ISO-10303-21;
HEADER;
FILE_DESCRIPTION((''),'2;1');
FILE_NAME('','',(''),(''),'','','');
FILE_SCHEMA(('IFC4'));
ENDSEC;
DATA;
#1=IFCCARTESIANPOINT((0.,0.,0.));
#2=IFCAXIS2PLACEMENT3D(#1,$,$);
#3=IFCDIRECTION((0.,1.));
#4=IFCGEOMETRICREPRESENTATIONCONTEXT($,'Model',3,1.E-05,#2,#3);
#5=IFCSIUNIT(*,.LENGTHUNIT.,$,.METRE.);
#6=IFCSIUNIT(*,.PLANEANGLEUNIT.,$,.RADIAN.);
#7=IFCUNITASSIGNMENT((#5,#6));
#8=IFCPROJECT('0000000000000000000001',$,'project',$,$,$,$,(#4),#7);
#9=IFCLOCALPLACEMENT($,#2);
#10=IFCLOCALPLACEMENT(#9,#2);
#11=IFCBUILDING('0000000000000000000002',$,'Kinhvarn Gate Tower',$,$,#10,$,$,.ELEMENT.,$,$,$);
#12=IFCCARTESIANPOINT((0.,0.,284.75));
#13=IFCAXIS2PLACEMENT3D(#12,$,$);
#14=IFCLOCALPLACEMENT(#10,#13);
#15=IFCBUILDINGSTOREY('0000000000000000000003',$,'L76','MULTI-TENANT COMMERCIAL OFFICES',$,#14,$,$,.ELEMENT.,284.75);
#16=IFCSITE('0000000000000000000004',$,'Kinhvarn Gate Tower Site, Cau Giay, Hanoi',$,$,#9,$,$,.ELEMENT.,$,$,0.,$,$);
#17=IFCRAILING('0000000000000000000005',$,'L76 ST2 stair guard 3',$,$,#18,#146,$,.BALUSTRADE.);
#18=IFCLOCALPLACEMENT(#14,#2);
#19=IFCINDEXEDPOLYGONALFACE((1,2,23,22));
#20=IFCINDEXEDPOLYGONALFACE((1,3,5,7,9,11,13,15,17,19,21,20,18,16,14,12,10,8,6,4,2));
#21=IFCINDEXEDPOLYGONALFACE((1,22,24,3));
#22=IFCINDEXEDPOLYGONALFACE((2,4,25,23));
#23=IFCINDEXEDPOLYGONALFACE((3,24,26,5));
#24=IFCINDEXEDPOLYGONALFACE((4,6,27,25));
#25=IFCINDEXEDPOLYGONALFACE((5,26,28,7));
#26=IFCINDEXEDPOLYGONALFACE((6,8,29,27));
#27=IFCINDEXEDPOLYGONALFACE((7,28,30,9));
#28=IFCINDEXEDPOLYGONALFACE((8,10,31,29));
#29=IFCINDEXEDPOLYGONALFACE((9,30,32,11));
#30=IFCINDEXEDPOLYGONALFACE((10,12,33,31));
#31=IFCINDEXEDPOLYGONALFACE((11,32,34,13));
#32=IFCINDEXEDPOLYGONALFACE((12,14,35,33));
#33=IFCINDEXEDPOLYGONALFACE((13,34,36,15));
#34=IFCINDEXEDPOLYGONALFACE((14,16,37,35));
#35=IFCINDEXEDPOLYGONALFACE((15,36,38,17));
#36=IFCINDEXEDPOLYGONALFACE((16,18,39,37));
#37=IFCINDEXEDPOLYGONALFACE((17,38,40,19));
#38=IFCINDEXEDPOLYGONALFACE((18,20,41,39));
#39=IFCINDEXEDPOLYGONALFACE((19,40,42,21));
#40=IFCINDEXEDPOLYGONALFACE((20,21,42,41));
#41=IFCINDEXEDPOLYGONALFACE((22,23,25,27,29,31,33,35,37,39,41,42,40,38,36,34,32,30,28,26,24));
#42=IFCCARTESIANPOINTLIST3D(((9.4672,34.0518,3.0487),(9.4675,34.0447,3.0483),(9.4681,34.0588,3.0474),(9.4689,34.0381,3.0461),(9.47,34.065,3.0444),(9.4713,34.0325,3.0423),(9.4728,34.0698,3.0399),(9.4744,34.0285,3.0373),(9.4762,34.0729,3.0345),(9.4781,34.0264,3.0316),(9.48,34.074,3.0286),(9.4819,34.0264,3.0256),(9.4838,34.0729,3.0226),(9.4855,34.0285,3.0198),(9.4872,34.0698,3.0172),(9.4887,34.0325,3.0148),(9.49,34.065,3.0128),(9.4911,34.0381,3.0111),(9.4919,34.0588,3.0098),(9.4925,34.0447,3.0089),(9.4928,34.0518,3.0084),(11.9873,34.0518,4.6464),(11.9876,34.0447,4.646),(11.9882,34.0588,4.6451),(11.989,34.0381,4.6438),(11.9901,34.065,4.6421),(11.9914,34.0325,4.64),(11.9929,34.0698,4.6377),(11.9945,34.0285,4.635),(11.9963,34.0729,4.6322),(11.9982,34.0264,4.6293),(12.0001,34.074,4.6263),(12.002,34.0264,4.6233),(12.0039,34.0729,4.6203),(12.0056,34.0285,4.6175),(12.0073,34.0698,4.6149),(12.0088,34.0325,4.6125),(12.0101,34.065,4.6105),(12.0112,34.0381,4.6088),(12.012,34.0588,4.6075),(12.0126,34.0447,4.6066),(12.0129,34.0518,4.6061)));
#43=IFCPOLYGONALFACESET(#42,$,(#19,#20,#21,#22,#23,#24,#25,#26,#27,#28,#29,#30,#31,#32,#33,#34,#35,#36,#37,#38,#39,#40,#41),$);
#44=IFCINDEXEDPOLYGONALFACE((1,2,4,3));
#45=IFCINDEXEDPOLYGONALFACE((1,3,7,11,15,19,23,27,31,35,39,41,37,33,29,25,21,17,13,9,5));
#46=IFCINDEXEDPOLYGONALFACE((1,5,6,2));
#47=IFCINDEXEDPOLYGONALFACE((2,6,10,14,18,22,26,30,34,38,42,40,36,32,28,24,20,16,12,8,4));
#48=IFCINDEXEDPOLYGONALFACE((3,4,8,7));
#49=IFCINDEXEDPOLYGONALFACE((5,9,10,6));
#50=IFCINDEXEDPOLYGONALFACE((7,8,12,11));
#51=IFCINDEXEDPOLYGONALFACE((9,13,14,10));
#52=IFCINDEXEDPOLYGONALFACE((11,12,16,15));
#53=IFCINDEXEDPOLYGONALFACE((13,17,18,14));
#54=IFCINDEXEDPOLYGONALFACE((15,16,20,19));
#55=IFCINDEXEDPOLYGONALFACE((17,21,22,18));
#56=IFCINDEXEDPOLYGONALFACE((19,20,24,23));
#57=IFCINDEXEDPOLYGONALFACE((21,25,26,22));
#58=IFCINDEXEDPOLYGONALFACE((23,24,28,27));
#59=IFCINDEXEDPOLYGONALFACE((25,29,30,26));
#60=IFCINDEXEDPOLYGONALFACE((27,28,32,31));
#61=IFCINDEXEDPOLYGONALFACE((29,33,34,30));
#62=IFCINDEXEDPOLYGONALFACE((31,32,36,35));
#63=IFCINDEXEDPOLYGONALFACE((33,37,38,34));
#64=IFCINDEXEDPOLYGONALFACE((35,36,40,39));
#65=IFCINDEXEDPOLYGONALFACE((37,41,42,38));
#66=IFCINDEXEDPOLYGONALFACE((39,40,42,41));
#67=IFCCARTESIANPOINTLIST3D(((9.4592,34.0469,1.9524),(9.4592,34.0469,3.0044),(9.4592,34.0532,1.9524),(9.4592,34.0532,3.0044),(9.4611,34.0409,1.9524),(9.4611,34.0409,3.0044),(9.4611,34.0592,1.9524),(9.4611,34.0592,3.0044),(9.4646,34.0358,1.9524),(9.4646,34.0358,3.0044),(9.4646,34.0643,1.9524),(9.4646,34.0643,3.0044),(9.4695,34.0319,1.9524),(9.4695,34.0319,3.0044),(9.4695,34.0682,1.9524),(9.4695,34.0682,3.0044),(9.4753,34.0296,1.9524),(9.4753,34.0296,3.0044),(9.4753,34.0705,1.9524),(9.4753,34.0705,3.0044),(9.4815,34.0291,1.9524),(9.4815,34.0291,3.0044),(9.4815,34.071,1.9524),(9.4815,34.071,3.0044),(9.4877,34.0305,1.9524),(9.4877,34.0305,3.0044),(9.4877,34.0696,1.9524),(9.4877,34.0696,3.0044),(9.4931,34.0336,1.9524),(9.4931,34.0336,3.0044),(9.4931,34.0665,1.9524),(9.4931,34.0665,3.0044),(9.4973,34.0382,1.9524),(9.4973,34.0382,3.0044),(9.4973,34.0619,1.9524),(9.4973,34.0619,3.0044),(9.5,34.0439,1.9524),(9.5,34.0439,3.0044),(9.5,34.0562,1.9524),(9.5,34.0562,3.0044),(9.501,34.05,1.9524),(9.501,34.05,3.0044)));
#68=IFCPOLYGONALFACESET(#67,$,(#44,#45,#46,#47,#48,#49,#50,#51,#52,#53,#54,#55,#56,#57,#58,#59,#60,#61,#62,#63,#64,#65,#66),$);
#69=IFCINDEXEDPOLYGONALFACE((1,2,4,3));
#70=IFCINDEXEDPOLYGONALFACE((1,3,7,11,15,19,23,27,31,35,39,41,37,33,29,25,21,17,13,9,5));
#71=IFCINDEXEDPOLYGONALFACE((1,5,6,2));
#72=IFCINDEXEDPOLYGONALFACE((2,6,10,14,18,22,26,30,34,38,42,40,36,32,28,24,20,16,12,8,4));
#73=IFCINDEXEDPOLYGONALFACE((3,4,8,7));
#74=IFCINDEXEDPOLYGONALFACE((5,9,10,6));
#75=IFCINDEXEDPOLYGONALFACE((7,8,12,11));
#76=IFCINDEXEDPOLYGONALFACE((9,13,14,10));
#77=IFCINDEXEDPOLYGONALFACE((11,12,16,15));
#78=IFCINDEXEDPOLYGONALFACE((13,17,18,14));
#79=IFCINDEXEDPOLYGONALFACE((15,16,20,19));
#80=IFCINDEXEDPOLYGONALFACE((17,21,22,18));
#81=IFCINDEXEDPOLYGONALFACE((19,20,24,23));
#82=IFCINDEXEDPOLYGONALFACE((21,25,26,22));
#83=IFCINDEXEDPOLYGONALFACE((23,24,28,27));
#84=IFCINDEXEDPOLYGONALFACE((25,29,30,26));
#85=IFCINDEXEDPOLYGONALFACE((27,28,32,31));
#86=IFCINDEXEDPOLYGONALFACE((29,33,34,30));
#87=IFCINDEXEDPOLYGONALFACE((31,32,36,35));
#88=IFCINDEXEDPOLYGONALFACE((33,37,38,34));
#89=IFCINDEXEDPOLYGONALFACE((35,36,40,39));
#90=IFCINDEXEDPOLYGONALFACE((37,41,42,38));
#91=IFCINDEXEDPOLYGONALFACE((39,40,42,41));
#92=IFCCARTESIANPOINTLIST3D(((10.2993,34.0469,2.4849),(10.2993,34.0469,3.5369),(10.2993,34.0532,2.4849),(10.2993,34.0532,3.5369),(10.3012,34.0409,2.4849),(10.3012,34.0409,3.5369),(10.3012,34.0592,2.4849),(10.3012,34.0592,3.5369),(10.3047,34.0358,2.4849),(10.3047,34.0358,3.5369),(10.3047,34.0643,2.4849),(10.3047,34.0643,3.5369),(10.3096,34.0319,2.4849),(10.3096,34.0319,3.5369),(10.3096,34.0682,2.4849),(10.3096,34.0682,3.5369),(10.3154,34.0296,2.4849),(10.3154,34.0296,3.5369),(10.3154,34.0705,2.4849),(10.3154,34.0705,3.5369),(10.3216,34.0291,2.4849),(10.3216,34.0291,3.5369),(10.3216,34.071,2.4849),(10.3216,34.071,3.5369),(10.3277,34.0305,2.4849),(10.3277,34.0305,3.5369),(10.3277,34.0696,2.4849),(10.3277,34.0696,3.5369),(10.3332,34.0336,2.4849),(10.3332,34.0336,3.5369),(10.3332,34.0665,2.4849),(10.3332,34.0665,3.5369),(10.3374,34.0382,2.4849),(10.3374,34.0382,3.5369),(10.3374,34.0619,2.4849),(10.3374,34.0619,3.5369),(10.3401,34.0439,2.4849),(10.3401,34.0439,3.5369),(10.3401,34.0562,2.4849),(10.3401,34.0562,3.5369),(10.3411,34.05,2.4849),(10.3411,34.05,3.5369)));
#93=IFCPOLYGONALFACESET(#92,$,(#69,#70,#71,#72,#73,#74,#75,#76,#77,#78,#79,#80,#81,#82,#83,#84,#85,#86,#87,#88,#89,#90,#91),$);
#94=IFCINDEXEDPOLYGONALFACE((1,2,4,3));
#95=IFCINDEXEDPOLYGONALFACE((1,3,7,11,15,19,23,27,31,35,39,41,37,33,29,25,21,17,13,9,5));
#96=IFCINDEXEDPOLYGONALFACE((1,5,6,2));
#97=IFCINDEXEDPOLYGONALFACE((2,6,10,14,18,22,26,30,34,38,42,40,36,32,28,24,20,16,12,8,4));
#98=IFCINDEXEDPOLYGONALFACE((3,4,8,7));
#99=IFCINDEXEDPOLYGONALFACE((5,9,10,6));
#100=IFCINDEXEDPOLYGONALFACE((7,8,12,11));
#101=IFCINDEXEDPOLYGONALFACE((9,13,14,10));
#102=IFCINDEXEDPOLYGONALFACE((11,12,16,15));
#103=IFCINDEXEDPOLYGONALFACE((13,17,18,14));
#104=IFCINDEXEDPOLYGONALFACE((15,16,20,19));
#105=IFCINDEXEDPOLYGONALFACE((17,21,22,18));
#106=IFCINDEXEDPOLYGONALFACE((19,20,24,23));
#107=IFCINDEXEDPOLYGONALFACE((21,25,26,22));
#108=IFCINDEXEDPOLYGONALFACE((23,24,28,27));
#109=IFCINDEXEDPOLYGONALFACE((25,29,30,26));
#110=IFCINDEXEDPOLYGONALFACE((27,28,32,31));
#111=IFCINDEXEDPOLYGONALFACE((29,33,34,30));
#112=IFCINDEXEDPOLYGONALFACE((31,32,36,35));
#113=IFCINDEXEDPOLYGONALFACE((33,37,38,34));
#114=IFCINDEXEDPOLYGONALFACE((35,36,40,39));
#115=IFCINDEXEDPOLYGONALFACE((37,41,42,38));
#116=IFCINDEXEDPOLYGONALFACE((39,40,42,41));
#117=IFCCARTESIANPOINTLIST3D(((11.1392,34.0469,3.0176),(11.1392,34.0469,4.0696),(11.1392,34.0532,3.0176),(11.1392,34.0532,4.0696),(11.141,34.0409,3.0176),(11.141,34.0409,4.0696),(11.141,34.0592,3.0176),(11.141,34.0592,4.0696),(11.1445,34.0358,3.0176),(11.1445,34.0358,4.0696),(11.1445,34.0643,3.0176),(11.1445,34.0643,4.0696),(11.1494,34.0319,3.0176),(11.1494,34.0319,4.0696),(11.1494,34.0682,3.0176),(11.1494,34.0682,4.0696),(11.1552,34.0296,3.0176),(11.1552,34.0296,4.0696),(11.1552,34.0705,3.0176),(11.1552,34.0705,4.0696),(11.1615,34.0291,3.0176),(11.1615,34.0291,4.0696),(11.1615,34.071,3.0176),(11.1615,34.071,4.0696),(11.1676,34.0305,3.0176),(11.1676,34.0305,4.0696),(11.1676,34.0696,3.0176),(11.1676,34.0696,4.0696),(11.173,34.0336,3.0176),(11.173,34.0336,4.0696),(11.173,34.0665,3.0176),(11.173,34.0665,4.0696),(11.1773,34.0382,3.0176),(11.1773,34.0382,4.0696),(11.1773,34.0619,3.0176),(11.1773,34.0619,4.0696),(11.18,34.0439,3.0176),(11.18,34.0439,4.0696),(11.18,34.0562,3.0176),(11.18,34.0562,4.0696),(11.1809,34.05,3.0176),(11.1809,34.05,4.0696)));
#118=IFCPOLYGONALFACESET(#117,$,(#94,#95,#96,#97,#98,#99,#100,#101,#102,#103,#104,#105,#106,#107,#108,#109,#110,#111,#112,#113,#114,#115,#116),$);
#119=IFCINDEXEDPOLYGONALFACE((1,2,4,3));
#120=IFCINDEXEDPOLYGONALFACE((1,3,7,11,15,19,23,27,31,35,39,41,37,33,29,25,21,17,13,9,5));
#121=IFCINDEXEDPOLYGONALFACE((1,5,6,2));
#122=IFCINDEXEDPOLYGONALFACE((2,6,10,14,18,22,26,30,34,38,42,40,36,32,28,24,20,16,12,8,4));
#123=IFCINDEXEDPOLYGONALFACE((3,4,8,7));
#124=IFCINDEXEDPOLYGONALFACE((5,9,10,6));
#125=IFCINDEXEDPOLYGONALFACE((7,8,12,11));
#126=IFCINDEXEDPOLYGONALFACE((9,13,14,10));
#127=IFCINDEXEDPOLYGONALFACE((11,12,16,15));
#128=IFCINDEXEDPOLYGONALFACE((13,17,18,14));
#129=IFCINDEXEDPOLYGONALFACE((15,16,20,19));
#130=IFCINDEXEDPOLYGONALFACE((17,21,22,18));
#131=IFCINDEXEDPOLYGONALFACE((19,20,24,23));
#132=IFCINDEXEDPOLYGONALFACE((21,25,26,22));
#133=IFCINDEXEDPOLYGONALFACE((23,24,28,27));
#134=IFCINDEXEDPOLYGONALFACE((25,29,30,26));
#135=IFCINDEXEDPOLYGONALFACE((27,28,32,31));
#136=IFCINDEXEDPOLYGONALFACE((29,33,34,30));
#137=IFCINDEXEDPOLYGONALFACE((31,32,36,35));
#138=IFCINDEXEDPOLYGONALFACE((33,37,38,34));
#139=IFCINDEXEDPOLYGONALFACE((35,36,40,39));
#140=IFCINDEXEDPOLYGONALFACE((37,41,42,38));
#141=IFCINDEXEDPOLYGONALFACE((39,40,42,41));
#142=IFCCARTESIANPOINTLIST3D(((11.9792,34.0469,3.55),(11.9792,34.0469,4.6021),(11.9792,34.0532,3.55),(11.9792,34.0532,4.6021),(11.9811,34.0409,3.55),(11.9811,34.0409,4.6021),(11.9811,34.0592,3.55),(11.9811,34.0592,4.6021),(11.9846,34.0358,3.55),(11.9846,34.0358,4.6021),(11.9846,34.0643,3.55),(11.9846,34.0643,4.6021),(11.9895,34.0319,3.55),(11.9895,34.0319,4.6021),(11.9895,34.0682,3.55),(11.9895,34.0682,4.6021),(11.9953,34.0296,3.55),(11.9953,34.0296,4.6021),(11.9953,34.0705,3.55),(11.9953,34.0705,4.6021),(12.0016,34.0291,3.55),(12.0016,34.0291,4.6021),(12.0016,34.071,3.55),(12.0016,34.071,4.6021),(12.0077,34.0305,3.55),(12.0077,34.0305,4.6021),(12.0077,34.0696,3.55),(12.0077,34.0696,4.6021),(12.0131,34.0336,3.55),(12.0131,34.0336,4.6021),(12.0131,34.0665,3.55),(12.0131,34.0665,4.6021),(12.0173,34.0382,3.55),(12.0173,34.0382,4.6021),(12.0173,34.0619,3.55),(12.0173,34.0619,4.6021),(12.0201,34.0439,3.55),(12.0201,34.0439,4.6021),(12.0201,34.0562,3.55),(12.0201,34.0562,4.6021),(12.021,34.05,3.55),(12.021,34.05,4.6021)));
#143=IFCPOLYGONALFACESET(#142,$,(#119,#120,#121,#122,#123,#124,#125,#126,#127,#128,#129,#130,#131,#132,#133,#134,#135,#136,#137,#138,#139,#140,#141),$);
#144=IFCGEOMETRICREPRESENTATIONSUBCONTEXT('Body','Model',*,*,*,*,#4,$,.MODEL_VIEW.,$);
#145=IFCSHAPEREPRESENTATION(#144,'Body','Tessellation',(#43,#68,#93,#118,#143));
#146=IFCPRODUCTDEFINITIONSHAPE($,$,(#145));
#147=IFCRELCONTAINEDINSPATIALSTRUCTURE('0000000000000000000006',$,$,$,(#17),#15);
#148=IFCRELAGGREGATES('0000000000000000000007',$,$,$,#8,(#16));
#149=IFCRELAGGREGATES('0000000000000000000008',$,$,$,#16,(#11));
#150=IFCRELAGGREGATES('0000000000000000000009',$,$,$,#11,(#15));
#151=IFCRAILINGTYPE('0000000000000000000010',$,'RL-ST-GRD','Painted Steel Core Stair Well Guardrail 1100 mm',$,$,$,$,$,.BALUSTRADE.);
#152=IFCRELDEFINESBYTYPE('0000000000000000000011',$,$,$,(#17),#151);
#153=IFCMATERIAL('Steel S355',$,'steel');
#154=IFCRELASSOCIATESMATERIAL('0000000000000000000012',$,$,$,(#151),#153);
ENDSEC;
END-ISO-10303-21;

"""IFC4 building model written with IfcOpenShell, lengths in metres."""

from ifc_helpers import new_model, si_unit, direction, frame, origin, origin_2d, place, context, subcontext, project, spatial, circle, extrude, material, type_object, element, save


model = new_model("IFC4")

# Units and contexts
model_context = context("Model", 3, precision=1e-05, world=origin(), true_north=direction((0.0, 1.0)))
body_context = subcontext(model_context, "Body", "Model", "MODEL_VIEW")
ifc_project = project(units=[si_unit("LENGTHUNIT", "METRE"), si_unit("PLANEANGLEUNIT", "RADIAN")], contexts=[model_context])

# Site, building, storey
site_placement = place(None, origin())
site = spatial("IfcSite", under=ifc_project, at=site_placement, Name="Kinhvarn Gate Tower Site, Cau Giay, Hanoi", CompositionType="ELEMENT", RefElevation=0.0)
building_placement = place(site_placement, origin())
building = spatial("IfcBuilding", under=site, at=building_placement, Name="Kinhvarn Gate Tower", CompositionType="ELEMENT")
storey_placement = place(building_placement, frame((0.0, 0.0, 284.75)))
storey = spatial("IfcBuildingStorey", under=building, at=storey_placement, Name="L76", Description="MULTI-TENANT COMMERCIAL OFFICES", CompositionType="ELEMENT", Elevation=284.75)

# Railing
ifc_material_1 = material(Name="Steel S355", Category="steel")
railing_type_1 = type_object("IfcRailingType", Name="RL-ST-GRD", Description="Painted Steel Core Stair Well Guardrail 1100 mm", PredefinedType="BALUSTRADE", material=ifc_material_1)
railing_1_placement = place(storey_placement, frame((9.48, 34.05, 1.9524)))
element("IfcRailing", 1, at=railing_1_placement, inside=storey, type_object=railing_type_1, Name="L76 ST2 stair guard 3", PredefinedType="BALUSTRADE", context=body_context, shape_type="SweptSolid", body=[
    extrude(circle(Radius=0.0239, at=origin_2d()), frame((0.0, 0.0, 1.0762), z_axis=(0.84457, 0.0, 0.535445), x_axis=(0.0, 1.0, 0.0)), (0.0, 0.0, 1.0), 2.9839),
    extrude(circle(Radius=0.021, at=origin_2d()), origin(), (0.0, 0.0, 1.0), 1.052),
    extrude(circle(Radius=0.021, at=origin_2d()), frame((0.8401, 0.0, 0.5325)), (0.0, 0.0, 1.0), 1.052),
    extrude(circle(Radius=0.021, at=origin_2d()), frame((1.6799, 0.0, 1.0652)), (0.0, 0.0, 1.0), 1.052),
    extrude(circle(Radius=0.021, at=origin_2d()), frame((2.52, 0.0, 1.5977)), (0.0, 0.0, 1.0), 1.052),
])

save(model, "model.ifc")
